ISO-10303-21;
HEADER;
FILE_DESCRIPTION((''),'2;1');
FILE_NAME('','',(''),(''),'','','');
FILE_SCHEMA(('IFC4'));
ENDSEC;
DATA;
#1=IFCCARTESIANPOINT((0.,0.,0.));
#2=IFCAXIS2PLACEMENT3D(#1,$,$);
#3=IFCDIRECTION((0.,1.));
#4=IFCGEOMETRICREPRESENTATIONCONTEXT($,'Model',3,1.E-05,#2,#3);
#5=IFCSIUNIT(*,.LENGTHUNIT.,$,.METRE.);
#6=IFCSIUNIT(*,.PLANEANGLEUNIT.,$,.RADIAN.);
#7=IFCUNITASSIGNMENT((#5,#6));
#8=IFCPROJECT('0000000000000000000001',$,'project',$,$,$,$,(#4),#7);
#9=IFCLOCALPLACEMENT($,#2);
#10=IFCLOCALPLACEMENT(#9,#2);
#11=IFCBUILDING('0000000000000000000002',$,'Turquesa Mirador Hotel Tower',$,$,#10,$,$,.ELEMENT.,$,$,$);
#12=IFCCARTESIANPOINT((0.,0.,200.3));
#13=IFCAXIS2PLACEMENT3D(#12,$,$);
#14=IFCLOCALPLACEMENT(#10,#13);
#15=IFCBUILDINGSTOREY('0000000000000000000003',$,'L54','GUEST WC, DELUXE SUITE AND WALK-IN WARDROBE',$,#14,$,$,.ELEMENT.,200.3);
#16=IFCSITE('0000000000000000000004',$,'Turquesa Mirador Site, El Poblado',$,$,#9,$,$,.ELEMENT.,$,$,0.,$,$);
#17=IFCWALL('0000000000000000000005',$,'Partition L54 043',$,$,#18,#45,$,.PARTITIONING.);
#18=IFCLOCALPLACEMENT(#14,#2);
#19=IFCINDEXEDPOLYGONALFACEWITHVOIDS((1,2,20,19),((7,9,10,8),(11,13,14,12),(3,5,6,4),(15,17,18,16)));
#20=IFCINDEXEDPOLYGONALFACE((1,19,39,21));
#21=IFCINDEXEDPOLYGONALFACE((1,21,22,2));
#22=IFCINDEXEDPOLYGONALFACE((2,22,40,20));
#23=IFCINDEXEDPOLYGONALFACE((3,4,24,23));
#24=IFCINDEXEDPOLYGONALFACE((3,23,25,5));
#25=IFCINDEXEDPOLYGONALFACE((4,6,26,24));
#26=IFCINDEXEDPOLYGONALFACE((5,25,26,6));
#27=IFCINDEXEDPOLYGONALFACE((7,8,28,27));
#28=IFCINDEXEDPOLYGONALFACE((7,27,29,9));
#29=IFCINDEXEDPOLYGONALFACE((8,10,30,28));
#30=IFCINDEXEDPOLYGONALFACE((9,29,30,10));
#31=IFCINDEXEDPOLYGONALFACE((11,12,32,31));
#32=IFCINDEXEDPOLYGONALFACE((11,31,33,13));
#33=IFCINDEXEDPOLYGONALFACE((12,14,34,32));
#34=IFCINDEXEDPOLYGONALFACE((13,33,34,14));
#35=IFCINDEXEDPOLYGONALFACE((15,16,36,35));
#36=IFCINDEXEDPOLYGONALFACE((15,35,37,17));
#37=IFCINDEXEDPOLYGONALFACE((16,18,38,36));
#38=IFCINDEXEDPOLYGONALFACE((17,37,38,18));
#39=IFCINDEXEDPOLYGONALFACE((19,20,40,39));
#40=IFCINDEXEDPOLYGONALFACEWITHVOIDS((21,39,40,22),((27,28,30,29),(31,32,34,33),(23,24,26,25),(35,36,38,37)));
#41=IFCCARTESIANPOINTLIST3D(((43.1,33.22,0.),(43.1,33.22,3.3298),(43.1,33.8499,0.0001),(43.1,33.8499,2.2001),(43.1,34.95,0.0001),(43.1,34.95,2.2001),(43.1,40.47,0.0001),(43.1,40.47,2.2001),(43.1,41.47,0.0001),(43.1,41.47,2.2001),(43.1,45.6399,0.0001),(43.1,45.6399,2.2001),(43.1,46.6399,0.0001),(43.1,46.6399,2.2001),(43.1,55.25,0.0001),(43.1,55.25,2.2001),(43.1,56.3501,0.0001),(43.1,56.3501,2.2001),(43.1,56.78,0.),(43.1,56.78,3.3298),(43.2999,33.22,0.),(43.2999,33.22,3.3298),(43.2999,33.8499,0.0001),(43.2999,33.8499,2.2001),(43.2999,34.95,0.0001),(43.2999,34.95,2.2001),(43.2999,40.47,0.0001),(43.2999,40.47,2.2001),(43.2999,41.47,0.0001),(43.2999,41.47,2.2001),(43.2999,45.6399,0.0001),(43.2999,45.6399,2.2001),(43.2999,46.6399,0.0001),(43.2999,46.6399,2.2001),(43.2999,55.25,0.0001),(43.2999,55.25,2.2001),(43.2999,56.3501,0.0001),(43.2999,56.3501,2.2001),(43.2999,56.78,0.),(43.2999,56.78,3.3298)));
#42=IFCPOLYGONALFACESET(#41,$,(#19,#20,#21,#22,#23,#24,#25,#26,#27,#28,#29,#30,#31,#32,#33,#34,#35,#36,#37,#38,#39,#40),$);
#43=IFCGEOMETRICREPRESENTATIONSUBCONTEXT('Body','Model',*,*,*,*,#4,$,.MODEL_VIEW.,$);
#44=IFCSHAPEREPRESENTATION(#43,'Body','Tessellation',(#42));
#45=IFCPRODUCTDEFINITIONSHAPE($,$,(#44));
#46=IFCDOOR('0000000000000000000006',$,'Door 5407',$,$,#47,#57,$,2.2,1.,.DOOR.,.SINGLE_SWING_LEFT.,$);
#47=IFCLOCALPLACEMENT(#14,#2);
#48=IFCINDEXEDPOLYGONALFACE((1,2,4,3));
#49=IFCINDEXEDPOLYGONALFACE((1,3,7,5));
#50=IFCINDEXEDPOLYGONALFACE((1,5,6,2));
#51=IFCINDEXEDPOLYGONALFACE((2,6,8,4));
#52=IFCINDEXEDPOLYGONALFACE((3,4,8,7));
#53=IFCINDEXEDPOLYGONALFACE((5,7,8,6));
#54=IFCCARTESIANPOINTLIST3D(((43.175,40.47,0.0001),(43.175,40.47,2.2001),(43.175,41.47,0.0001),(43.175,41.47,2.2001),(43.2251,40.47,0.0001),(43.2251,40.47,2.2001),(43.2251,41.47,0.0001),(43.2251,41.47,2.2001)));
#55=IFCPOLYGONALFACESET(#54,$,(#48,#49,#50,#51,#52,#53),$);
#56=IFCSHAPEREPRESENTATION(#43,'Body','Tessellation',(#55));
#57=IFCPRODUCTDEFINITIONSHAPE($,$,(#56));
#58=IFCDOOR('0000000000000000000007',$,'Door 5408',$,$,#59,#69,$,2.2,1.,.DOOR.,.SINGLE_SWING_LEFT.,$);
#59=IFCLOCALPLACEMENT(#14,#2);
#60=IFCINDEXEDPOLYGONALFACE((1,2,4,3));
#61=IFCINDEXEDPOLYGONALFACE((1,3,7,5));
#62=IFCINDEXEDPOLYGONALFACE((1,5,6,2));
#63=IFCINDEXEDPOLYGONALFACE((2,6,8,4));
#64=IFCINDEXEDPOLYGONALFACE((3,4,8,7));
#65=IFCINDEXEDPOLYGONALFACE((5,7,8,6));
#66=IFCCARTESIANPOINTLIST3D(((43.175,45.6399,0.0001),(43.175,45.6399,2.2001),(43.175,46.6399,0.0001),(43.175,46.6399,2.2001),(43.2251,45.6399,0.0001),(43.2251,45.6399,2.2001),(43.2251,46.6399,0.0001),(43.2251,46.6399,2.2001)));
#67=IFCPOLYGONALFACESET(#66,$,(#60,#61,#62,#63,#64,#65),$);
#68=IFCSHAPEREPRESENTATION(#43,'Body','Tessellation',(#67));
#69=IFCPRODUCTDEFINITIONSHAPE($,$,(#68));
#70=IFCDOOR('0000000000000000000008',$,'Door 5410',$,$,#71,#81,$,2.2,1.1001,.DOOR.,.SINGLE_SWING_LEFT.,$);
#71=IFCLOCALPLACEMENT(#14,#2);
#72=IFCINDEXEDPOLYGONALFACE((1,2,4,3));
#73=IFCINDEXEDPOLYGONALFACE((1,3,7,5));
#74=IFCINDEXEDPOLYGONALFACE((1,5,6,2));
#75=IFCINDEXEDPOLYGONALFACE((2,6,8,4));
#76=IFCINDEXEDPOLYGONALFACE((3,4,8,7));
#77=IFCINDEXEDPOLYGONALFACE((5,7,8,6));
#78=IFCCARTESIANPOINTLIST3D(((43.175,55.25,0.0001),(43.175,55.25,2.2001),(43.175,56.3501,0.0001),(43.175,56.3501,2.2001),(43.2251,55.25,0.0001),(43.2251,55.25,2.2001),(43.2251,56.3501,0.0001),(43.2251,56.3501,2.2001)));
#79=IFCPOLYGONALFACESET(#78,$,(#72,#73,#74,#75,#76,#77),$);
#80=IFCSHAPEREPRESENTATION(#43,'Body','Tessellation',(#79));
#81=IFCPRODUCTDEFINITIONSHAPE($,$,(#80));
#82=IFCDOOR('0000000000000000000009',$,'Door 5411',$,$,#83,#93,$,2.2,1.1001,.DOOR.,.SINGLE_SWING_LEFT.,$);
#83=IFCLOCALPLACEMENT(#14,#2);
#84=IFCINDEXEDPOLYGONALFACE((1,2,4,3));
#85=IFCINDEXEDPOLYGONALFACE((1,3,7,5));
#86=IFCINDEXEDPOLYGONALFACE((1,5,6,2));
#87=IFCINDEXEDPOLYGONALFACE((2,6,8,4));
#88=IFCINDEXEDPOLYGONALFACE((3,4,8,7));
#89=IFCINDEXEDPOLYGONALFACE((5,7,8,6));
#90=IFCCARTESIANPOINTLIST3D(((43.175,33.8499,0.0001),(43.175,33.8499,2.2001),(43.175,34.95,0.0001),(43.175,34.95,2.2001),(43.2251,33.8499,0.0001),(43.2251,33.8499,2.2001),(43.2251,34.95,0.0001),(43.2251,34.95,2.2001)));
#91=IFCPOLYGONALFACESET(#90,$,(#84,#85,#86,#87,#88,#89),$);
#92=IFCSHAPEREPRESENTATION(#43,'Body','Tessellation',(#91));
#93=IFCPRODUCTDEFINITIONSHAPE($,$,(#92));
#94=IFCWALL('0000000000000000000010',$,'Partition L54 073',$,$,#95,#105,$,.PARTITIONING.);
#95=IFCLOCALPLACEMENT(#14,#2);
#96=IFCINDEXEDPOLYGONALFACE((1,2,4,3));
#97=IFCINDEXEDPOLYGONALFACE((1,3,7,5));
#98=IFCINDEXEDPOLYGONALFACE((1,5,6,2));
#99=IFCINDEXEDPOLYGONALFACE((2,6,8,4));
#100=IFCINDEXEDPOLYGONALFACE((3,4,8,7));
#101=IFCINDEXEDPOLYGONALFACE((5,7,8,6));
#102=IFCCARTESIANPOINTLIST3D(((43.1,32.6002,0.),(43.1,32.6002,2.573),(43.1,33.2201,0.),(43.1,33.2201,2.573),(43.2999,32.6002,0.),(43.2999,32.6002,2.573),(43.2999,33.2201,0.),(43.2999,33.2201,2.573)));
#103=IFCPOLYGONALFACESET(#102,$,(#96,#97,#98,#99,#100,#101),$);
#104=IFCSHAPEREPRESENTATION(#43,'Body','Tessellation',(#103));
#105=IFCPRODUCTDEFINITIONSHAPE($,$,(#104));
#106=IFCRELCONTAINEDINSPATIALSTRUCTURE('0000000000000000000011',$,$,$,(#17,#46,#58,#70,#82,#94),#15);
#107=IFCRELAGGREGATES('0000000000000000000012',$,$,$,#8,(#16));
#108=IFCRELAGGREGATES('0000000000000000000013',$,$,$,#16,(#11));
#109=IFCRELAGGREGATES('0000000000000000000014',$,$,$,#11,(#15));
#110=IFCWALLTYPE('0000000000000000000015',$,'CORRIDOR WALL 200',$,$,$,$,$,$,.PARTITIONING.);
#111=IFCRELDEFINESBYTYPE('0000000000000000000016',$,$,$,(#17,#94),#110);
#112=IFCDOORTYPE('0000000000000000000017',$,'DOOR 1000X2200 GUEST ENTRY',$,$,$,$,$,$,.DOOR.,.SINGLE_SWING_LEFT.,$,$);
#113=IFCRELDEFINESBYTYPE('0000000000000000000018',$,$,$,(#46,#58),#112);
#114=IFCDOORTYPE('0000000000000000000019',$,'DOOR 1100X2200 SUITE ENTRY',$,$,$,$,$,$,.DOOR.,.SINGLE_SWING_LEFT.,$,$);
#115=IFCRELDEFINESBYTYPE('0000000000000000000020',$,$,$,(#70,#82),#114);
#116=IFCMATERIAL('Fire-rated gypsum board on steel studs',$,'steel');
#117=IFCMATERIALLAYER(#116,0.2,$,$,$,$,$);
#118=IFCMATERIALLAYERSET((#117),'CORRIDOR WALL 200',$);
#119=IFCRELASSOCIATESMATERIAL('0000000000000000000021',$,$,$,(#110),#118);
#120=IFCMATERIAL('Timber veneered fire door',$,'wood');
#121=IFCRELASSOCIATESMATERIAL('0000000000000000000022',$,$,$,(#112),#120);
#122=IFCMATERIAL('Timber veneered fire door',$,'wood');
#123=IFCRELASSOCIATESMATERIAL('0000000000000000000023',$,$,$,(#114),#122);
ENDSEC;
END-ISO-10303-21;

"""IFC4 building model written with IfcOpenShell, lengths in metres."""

from ifc_helpers import new_model, si_unit, direction, frame, frame_2d, origin, place, context, subcontext, project, spatial, rectangle, extrude, material, layer, layer_set, type_object, element, fill, save


model = new_model("IFC4")

# Units and contexts
model_context = context("Model", 3, precision=1e-05, world=origin(), true_north=direction((0.0, 1.0)))
body_context = subcontext(model_context, "Body", "Model", "MODEL_VIEW")
ifc_project = project(units=[si_unit("LENGTHUNIT", "METRE"), si_unit("PLANEANGLEUNIT", "RADIAN")], contexts=[model_context])

# Site, building, storey
site_placement = place(None, origin())
site = spatial("IfcSite", under=ifc_project, at=site_placement, Name="Turquesa Mirador Site, El Poblado", CompositionType="ELEMENT", RefElevation=0.0)
building_placement = place(site_placement, origin())
building = spatial("IfcBuilding", under=site, at=building_placement, Name="Turquesa Mirador Hotel Tower", CompositionType="ELEMENT")
storey_placement = place(building_placement, frame((0.0, 0.0, 200.3)))
storey = spatial("IfcBuildingStorey", under=building, at=storey_placement, Name="L54", Description="GUEST WC, DELUXE SUITE AND WALK-IN WARDROBE", CompositionType="ELEMENT", Elevation=200.3)

# Wall, openings, doors
ifc_material_1 = material(Name="Fire-rated gypsum board on steel studs", Category="steel")
ifc_layer = layer(ifc_material_1, 0.2)
ifc_layer_set = layer_set([ifc_layer], Name="CORRIDOR WALL 200")
wall_type = type_object("IfcWallType", Name="CORRIDOR WALL 200", PredefinedType="PARTITIONING", material=ifc_layer_set)
ifc_material_2 = material(Name="Timber veneered fire door", Category="wood")
door_type_1 = type_object("IfcDoorType", Name="DOOR 1000X2200 GUEST ENTRY", OperationType="SINGLE_SWING_LEFT", PredefinedType="DOOR", material=ifc_material_2)
ifc_material_3 = material(Name="Timber veneered fire door", Category="wood")
door_type_2 = type_object("IfcDoorType", Name="DOOR 1100X2200 SUITE ENTRY", OperationType="SINGLE_SWING_LEFT", PredefinedType="DOOR", material=ifc_material_3)
wall_1_placement = place(storey_placement, frame((43.2, 33.22, 0.0), z_axis=(0.0, 0.0, 1.0), x_axis=(0.0, 1.0, 0.0)))
wall_1 = element("IfcWall", 1, at=wall_1_placement, inside=storey, type_object=wall_type, Name="Partition L54 043", PredefinedType="PARTITIONING", context=body_context, shape_type="SweptSolid", body=[
    extrude(rectangle(XDim=23.5601, YDim=0.2, at=frame_2d((11.78, 0.0))), origin(), (0.0, 0.0, 1.0), 3.3298),
])
opening_1_placement = place(wall_1_placement, frame((7.25, 0.0, 0.0)))
opening_1 = element("IfcOpeningElement", 2, at=opening_1_placement, cuts=wall_1, PredefinedType="OPENING", context=body_context, shape_type="SweptSolid", body=[
    extrude(rectangle(XDim=1.0, YDim=2.2, at=frame_2d((0.5, 1.1001))), frame((0.0, 0.1099, 0.0), z_axis=(0.0, -1.0, 0.0), x_axis=(1.0, 0.0, 0.0)), (0.0, 0.0, 1.0), 0.22),
])
opening_2_placement = place(wall_1_placement, frame((12.4199, 0.0, 0.0)))
opening_2 = element("IfcOpeningElement", 3, at=opening_2_placement, cuts=wall_1, PredefinedType="OPENING", context=body_context, shape_type="SweptSolid", body=[
    extrude(rectangle(XDim=1.0, YDim=2.2, at=frame_2d((0.5, 1.1001))), frame((0.0, 0.1099, 0.0), z_axis=(0.0, -1.0, 0.0), x_axis=(1.0, 0.0, 0.0)), (0.0, 0.0, 1.0), 0.22),
])
opening_3_placement = place(wall_1_placement, frame((22.03, 0.0, 0.0)))
opening_3 = element("IfcOpeningElement", 4, at=opening_3_placement, cuts=wall_1, PredefinedType="OPENING", context=body_context, shape_type="SweptSolid", body=[
    extrude(rectangle(XDim=1.1001, YDim=2.2, at=frame_2d((0.55, 1.1001))), frame((0.0, 0.1099, 0.0), z_axis=(0.0, -1.0, 0.0), x_axis=(1.0, 0.0, 0.0)), (0.0, 0.0, 1.0), 0.22),
])
opening_4_placement = place(wall_1_placement, frame((0.6299, 0.0, 0.0)))
opening_4 = element("IfcOpeningElement", 5, at=opening_4_placement, cuts=wall_1, PredefinedType="OPENING", context=body_context, shape_type="SweptSolid", body=[
    extrude(rectangle(XDim=1.1001, YDim=2.2, at=frame_2d((0.55, 1.1001))), frame((0.0, 0.1099, 0.0), z_axis=(0.0, -1.0, 0.0), x_axis=(1.0, 0.0, 0.0)), (0.0, 0.0, 1.0), 0.22),
])
door_1_placement = place(opening_1_placement, origin())
door_1 = element("IfcDoor", 6, at=door_1_placement, inside=storey, type_object=door_type_1, Name="Door 5407", OperationType="SINGLE_SWING_LEFT", OverallHeight=2.2, OverallWidth=1.0, PredefinedType="DOOR", context=body_context, shape_type="SweptSolid", body=[
    extrude(rectangle(XDim=1.0, YDim=2.2, at=frame_2d((0.5, 1.1001))), frame((0.0, 0.0249, 0.0), z_axis=(0.0, -1.0, 0.0), x_axis=(1.0, 0.0, 0.0)), (0.0, 0.0, 1.0), 0.05),
])
fill(opening_1, door_1)
door_2_placement = place(opening_2_placement, origin())
door_2 = element("IfcDoor", 7, at=door_2_placement, inside=storey, type_object=door_type_1, Name="Door 5408", OperationType="SINGLE_SWING_LEFT", OverallHeight=2.2, OverallWidth=1.0, PredefinedType="DOOR", context=body_context, shape_type="SweptSolid", body=[
    extrude(rectangle(XDim=1.0, YDim=2.2, at=frame_2d((0.5, 1.1001))), frame((0.0, 0.0249, 0.0), z_axis=(0.0, -1.0, 0.0), x_axis=(1.0, 0.0, 0.0)), (0.0, 0.0, 1.0), 0.05),
])
fill(opening_2, door_2)
door_3_placement = place(opening_3_placement, origin())
door_3 = element("IfcDoor", 8, at=door_3_placement, inside=storey, type_object=door_type_2, Name="Door 5410", OperationType="SINGLE_SWING_LEFT", OverallHeight=2.2, OverallWidth=1.1001, PredefinedType="DOOR", context=body_context, shape_type="SweptSolid", body=[
    extrude(rectangle(XDim=1.1001, YDim=2.2, at=frame_2d((0.55, 1.1001))), frame((0.0, 0.0249, 0.0), z_axis=(0.0, -1.0, 0.0), x_axis=(1.0, 0.0, 0.0)), (0.0, 0.0, 1.0), 0.05),
])
fill(opening_3, door_3)
door_4_placement = place(opening_4_placement, origin())
door_4 = element("IfcDoor", 9, at=door_4_placement, inside=storey, type_object=door_type_2, Name="Door 5411", OperationType="SINGLE_SWING_LEFT", OverallHeight=2.2, OverallWidth=1.1001, PredefinedType="DOOR", context=body_context, shape_type="SweptSolid", body=[
    extrude(rectangle(XDim=1.1001, YDim=2.2, at=frame_2d((0.55, 1.1001))), frame((0.0, 0.0249, 0.0), z_axis=(0.0, -1.0, 0.0), x_axis=(1.0, 0.0, 0.0)), (0.0, 0.0, 1.0), 0.05),
])
fill(opening_4, door_4)

# Wall
wall_2_placement = place(storey_placement, frame((43.2, 32.6001, 0.0), z_axis=(0.0, 0.0, 1.0), x_axis=(0.0, 1.0, 0.0)))
element("IfcWall", 10, at=wall_2_placement, inside=storey, type_object=wall_type, Name="Partition L54 073", PredefinedType="PARTITIONING", context=body_context, shape_type="SweptSolid", body=[
    extrude(rectangle(XDim=0.6199, YDim=0.2, at=frame_2d((0.3101, 0.0))), origin(), (0.0, 0.0, 1.0), 2.573),
])

save(model, "model.ifc")
